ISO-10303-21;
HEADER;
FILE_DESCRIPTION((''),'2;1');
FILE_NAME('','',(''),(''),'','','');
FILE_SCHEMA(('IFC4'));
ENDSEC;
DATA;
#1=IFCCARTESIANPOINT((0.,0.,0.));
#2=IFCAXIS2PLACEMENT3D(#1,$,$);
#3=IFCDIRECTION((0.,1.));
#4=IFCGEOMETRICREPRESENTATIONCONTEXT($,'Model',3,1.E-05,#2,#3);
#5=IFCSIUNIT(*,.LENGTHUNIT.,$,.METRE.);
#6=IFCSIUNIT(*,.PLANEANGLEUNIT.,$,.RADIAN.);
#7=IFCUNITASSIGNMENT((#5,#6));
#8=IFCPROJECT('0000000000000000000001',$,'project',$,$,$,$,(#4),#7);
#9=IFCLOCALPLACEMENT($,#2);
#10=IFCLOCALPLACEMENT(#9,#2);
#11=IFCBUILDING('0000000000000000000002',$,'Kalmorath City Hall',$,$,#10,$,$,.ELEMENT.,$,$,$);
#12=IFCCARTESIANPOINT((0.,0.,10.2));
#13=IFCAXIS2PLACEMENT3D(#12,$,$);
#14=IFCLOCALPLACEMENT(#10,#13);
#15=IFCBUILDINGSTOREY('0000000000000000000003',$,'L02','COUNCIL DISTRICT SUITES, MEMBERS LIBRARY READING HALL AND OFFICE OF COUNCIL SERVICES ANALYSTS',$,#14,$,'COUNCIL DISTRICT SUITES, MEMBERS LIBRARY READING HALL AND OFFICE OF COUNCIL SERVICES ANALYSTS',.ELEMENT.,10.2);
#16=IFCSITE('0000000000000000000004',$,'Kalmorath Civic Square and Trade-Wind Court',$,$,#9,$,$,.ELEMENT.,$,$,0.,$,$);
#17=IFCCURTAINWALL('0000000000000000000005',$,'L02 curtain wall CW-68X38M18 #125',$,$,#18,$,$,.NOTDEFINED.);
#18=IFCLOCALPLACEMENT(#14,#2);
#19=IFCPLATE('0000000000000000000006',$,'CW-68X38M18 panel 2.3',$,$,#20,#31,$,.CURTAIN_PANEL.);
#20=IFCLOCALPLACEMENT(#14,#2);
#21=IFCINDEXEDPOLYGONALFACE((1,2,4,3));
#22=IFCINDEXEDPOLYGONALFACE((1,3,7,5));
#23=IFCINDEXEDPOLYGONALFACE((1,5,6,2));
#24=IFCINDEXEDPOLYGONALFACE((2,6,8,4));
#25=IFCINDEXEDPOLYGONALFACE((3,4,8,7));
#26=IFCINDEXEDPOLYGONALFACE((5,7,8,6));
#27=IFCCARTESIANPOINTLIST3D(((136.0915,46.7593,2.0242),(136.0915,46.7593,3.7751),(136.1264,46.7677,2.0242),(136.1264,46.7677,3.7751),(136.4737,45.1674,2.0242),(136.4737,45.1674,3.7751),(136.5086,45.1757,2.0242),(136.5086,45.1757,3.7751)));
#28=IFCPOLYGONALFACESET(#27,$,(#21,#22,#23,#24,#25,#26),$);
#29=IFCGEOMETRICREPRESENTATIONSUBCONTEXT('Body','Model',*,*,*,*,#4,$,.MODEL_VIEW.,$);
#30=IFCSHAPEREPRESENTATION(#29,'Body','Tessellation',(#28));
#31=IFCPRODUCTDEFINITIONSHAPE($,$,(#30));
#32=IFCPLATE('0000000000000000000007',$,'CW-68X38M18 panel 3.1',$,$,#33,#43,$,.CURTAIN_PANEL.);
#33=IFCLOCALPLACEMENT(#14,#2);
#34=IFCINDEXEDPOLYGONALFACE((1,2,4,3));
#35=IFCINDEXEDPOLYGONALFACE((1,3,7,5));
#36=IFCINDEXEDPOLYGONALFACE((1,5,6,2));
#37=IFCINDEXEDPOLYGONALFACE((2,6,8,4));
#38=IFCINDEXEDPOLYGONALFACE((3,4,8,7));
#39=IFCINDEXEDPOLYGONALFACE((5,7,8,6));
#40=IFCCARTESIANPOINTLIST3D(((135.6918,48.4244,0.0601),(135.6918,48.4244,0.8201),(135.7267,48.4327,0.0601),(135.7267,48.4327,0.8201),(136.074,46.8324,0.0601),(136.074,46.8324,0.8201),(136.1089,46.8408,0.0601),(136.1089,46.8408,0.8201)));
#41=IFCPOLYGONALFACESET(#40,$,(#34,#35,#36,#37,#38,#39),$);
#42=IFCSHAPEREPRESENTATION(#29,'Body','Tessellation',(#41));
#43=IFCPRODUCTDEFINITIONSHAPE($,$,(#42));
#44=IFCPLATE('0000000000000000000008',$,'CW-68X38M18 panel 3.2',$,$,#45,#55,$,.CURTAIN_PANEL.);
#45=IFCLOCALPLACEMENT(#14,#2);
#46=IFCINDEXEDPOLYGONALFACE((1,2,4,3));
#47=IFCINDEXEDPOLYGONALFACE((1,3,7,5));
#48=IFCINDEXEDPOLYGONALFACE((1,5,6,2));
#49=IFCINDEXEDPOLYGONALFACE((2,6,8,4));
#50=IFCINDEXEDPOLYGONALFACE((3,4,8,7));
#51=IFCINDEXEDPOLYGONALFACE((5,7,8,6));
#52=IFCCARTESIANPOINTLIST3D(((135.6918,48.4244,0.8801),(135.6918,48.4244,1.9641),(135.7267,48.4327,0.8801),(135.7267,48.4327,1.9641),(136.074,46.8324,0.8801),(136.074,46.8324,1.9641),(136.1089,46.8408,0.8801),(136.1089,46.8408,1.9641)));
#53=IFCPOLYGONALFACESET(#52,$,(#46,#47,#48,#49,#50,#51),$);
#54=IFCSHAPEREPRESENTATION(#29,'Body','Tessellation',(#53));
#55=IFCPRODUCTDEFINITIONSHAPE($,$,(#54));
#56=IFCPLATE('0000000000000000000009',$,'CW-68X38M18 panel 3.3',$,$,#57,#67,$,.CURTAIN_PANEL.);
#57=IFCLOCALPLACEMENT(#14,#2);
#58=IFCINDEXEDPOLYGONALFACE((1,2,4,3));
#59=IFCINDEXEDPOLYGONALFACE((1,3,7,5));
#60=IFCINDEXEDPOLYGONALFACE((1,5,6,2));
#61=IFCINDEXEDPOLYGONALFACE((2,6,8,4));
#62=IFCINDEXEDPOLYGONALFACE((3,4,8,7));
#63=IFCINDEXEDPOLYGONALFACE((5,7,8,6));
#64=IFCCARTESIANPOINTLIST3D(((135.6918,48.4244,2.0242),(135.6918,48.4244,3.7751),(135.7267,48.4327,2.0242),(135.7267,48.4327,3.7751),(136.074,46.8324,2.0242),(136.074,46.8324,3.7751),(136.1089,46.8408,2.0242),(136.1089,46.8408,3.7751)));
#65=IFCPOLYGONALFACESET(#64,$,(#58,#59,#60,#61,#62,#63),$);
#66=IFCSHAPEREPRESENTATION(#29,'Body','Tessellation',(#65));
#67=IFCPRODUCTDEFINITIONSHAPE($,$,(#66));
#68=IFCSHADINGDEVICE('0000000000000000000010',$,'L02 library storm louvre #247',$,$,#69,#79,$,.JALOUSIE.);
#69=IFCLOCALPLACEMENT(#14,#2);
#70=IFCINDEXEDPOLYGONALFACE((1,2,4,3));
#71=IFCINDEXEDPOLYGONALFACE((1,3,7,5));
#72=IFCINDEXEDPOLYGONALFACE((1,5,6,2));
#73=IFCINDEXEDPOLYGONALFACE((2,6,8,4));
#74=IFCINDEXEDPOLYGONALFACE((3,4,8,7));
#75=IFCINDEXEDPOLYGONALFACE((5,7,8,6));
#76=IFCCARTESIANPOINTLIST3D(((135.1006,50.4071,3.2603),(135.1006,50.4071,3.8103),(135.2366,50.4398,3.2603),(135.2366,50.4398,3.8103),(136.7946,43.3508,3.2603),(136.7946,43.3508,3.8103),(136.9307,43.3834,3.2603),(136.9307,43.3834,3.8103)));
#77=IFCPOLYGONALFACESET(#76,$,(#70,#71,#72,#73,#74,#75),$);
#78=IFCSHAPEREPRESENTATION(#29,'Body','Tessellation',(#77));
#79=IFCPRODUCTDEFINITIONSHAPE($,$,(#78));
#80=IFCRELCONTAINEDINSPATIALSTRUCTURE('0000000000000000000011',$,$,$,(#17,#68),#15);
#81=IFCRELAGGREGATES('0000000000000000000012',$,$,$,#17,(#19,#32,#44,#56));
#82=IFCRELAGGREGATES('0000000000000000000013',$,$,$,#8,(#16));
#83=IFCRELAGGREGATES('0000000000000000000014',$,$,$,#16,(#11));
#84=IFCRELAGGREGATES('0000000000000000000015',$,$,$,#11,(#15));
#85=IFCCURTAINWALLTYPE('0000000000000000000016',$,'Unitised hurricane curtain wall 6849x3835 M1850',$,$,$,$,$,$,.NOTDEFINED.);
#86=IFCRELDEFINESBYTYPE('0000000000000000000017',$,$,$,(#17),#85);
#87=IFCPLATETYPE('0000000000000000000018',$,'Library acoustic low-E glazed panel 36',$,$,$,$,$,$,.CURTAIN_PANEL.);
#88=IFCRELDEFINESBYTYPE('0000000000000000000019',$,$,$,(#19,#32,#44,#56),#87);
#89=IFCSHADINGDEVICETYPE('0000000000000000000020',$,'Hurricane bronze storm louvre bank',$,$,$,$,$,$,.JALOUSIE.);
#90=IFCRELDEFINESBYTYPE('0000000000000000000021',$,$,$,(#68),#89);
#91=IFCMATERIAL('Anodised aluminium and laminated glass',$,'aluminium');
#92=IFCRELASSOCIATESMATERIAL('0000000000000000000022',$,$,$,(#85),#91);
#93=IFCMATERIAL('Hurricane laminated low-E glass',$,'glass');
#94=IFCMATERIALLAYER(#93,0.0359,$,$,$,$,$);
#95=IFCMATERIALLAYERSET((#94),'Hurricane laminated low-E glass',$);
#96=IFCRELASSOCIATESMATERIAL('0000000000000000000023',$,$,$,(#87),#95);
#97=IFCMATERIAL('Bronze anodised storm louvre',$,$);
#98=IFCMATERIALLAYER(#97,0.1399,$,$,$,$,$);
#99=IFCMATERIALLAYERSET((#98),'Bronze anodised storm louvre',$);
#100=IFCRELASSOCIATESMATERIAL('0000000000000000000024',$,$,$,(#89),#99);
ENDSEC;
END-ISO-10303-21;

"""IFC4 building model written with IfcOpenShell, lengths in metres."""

from ifc_helpers import new_model, si_unit, direction, frame, origin, origin_2d, place, context, subcontext, project, spatial, rectangle, extrude, material, layer, layer_set, type_object, element, aggregate, save


model = new_model("IFC4")

# Units and contexts
model_context = context("Model", 3, precision=1e-05, world=origin(), true_north=direction((0.0, 1.0)))
body_context = subcontext(model_context, "Body", "Model", "MODEL_VIEW")
ifc_project = project(units=[si_unit("LENGTHUNIT", "METRE"), si_unit("PLANEANGLEUNIT", "RADIAN")], contexts=[model_context])

# Site, building, storey
site_placement = place(None, origin())
site = spatial("IfcSite", under=ifc_project, at=site_placement, Name="Kalmorath Civic Square and Trade-Wind Court", CompositionType="ELEMENT", RefElevation=0.0)
building_placement = place(site_placement, origin())
building = spatial("IfcBuilding", under=site, at=building_placement, Name="Kalmorath City Hall", CompositionType="ELEMENT")
storey_placement = place(building_placement, frame((0.0, 0.0, 10.2)))
storey = spatial("IfcBuildingStorey", under=building, at=storey_placement, Name="L02", Description="COUNCIL DISTRICT SUITES, MEMBERS LIBRARY READING HALL AND OFFICE OF COUNCIL SERVICES ANALYSTS", LongName="COUNCIL DISTRICT SUITES, MEMBERS LIBRARY READING HALL AND OFFICE OF COUNCIL SERVICES ANALYSTS", CompositionType="ELEMENT", Elevation=10.2)

# Curtain wall
ifc_material_1 = material(Name="Anodised aluminium and laminated glass", Category="aluminium")
curtain_wall_type_1 = type_object("IfcCurtainWallType", Name="Unitised hurricane curtain wall 6849x3835 M1850", PredefinedType="NOTDEFINED", material=ifc_material_1)
curtain_wall_1_placement = place(storey_placement, origin())
curtain_wall_1 = element("IfcCurtainWall", 1, at=curtain_wall_1_placement, inside=storey, type_object=curtain_wall_type_1, Name="L02 curtain wall CW-68X38M18 #125", PredefinedType="NOTDEFINED")

# Plates
ifc_material_2 = material(Name="Hurricane laminated low-E glass", Category="glass")
ifc_layer_1 = layer(ifc_material_2, 0.0359)
ifc_layer_set_1 = layer_set([ifc_layer_1], Name="Hurricane laminated low-E glass")
plate_type = type_object("IfcPlateType", Name="Library acoustic low-E glazed panel 36", PredefinedType="CURTAIN_PANEL", material=ifc_layer_set_1)
plate_1_placement = place(storey_placement, frame((136.3, 45.9675, 2.0242), z_axis=(0.0, 0.0, 1.0), x_axis=(-0.233456, 0.972367, 0.0)))
plate_1 = element("IfcPlate", 2, at=plate_1_placement, type_object=plate_type, Name="CW-68X38M18 panel 2.3", PredefinedType="CURTAIN_PANEL", context=body_context, shape_type="SweptSolid", body=[
    extrude(rectangle(XDim=1.6372, YDim=0.0359, at=origin_2d()), origin(), (0.0, 0.0, 1.0), 1.751),
])
plate_2_placement = place(storey_placement, frame((135.9004, 47.6326, 0.0601), z_axis=(0.0, 0.0, 1.0), x_axis=(-0.233456, 0.972367, 0.0)))
plate_2 = element("IfcPlate", 3, at=plate_2_placement, type_object=plate_type, Name="CW-68X38M18 panel 3.1", PredefinedType="CURTAIN_PANEL", context=body_context, shape_type="SweptSolid", body=[
    extrude(rectangle(XDim=1.6372, YDim=0.0359, at=origin_2d()), origin(), (0.0, 0.0, 1.0), 0.76),
])
plate_3_placement = place(storey_placement, frame((135.9004, 47.6326, 0.8801), z_axis=(0.0, 0.0, 1.0), x_axis=(-0.233456, 0.972367, 0.0)))
plate_3 = element("IfcPlate", 4, at=plate_3_placement, type_object=plate_type, Name="CW-68X38M18 panel 3.2", PredefinedType="CURTAIN_PANEL", context=body_context, shape_type="SweptSolid", body=[
    extrude(rectangle(XDim=1.6372, YDim=0.0359, at=origin_2d()), origin(), (0.0, 0.0, 1.0), 1.084),
])
plate_4_placement = place(storey_placement, frame((135.9004, 47.6326, 2.0242), z_axis=(0.0, 0.0, 1.0), x_axis=(-0.233456, 0.972367, 0.0)))
plate_4 = element("IfcPlate", 5, at=plate_4_placement, type_object=plate_type, Name="CW-68X38M18 panel 3.3", PredefinedType="CURTAIN_PANEL", context=body_context, shape_type="SweptSolid", body=[
    extrude(rectangle(XDim=1.6372, YDim=0.0359, at=origin_2d()), origin(), (0.0, 0.0, 1.0), 1.751),
])
aggregate(curtain_wall_1, [plate_1, plate_2, plate_3, plate_4])

# Shading device
ifc_material_3 = material(Name="Bronze anodised storm louvre")
ifc_layer_2 = layer(ifc_material_3, 0.1399)
ifc_layer_set_2 = layer_set([ifc_layer_2], Name="Bronze anodised storm louvre")
shading_device_type = type_object("IfcShadingDeviceType", Name="Hurricane bronze storm louvre bank", PredefinedType="JALOUSIE", material=ifc_layer_set_2)
shading_device_placement = place(storey_placement, frame((136.0156, 46.8953, 3.2603), z_axis=(0.0, 0.0, 1.0), x_axis=(-0.233445, 0.97237, 0.0)))
element("IfcShadingDevice", 6, at=shading_device_placement, inside=storey, type_object=shading_device_type, Name="L02 library storm louvre #247", PredefinedType="JALOUSIE", context=body_context, shape_type="SweptSolid", body=[
    extrude(rectangle(XDim=7.2568, YDim=0.1399, at=origin_2d()), origin(), (0.0, 0.0, 1.0), 0.55),
])

save(model, "model.ifc")
